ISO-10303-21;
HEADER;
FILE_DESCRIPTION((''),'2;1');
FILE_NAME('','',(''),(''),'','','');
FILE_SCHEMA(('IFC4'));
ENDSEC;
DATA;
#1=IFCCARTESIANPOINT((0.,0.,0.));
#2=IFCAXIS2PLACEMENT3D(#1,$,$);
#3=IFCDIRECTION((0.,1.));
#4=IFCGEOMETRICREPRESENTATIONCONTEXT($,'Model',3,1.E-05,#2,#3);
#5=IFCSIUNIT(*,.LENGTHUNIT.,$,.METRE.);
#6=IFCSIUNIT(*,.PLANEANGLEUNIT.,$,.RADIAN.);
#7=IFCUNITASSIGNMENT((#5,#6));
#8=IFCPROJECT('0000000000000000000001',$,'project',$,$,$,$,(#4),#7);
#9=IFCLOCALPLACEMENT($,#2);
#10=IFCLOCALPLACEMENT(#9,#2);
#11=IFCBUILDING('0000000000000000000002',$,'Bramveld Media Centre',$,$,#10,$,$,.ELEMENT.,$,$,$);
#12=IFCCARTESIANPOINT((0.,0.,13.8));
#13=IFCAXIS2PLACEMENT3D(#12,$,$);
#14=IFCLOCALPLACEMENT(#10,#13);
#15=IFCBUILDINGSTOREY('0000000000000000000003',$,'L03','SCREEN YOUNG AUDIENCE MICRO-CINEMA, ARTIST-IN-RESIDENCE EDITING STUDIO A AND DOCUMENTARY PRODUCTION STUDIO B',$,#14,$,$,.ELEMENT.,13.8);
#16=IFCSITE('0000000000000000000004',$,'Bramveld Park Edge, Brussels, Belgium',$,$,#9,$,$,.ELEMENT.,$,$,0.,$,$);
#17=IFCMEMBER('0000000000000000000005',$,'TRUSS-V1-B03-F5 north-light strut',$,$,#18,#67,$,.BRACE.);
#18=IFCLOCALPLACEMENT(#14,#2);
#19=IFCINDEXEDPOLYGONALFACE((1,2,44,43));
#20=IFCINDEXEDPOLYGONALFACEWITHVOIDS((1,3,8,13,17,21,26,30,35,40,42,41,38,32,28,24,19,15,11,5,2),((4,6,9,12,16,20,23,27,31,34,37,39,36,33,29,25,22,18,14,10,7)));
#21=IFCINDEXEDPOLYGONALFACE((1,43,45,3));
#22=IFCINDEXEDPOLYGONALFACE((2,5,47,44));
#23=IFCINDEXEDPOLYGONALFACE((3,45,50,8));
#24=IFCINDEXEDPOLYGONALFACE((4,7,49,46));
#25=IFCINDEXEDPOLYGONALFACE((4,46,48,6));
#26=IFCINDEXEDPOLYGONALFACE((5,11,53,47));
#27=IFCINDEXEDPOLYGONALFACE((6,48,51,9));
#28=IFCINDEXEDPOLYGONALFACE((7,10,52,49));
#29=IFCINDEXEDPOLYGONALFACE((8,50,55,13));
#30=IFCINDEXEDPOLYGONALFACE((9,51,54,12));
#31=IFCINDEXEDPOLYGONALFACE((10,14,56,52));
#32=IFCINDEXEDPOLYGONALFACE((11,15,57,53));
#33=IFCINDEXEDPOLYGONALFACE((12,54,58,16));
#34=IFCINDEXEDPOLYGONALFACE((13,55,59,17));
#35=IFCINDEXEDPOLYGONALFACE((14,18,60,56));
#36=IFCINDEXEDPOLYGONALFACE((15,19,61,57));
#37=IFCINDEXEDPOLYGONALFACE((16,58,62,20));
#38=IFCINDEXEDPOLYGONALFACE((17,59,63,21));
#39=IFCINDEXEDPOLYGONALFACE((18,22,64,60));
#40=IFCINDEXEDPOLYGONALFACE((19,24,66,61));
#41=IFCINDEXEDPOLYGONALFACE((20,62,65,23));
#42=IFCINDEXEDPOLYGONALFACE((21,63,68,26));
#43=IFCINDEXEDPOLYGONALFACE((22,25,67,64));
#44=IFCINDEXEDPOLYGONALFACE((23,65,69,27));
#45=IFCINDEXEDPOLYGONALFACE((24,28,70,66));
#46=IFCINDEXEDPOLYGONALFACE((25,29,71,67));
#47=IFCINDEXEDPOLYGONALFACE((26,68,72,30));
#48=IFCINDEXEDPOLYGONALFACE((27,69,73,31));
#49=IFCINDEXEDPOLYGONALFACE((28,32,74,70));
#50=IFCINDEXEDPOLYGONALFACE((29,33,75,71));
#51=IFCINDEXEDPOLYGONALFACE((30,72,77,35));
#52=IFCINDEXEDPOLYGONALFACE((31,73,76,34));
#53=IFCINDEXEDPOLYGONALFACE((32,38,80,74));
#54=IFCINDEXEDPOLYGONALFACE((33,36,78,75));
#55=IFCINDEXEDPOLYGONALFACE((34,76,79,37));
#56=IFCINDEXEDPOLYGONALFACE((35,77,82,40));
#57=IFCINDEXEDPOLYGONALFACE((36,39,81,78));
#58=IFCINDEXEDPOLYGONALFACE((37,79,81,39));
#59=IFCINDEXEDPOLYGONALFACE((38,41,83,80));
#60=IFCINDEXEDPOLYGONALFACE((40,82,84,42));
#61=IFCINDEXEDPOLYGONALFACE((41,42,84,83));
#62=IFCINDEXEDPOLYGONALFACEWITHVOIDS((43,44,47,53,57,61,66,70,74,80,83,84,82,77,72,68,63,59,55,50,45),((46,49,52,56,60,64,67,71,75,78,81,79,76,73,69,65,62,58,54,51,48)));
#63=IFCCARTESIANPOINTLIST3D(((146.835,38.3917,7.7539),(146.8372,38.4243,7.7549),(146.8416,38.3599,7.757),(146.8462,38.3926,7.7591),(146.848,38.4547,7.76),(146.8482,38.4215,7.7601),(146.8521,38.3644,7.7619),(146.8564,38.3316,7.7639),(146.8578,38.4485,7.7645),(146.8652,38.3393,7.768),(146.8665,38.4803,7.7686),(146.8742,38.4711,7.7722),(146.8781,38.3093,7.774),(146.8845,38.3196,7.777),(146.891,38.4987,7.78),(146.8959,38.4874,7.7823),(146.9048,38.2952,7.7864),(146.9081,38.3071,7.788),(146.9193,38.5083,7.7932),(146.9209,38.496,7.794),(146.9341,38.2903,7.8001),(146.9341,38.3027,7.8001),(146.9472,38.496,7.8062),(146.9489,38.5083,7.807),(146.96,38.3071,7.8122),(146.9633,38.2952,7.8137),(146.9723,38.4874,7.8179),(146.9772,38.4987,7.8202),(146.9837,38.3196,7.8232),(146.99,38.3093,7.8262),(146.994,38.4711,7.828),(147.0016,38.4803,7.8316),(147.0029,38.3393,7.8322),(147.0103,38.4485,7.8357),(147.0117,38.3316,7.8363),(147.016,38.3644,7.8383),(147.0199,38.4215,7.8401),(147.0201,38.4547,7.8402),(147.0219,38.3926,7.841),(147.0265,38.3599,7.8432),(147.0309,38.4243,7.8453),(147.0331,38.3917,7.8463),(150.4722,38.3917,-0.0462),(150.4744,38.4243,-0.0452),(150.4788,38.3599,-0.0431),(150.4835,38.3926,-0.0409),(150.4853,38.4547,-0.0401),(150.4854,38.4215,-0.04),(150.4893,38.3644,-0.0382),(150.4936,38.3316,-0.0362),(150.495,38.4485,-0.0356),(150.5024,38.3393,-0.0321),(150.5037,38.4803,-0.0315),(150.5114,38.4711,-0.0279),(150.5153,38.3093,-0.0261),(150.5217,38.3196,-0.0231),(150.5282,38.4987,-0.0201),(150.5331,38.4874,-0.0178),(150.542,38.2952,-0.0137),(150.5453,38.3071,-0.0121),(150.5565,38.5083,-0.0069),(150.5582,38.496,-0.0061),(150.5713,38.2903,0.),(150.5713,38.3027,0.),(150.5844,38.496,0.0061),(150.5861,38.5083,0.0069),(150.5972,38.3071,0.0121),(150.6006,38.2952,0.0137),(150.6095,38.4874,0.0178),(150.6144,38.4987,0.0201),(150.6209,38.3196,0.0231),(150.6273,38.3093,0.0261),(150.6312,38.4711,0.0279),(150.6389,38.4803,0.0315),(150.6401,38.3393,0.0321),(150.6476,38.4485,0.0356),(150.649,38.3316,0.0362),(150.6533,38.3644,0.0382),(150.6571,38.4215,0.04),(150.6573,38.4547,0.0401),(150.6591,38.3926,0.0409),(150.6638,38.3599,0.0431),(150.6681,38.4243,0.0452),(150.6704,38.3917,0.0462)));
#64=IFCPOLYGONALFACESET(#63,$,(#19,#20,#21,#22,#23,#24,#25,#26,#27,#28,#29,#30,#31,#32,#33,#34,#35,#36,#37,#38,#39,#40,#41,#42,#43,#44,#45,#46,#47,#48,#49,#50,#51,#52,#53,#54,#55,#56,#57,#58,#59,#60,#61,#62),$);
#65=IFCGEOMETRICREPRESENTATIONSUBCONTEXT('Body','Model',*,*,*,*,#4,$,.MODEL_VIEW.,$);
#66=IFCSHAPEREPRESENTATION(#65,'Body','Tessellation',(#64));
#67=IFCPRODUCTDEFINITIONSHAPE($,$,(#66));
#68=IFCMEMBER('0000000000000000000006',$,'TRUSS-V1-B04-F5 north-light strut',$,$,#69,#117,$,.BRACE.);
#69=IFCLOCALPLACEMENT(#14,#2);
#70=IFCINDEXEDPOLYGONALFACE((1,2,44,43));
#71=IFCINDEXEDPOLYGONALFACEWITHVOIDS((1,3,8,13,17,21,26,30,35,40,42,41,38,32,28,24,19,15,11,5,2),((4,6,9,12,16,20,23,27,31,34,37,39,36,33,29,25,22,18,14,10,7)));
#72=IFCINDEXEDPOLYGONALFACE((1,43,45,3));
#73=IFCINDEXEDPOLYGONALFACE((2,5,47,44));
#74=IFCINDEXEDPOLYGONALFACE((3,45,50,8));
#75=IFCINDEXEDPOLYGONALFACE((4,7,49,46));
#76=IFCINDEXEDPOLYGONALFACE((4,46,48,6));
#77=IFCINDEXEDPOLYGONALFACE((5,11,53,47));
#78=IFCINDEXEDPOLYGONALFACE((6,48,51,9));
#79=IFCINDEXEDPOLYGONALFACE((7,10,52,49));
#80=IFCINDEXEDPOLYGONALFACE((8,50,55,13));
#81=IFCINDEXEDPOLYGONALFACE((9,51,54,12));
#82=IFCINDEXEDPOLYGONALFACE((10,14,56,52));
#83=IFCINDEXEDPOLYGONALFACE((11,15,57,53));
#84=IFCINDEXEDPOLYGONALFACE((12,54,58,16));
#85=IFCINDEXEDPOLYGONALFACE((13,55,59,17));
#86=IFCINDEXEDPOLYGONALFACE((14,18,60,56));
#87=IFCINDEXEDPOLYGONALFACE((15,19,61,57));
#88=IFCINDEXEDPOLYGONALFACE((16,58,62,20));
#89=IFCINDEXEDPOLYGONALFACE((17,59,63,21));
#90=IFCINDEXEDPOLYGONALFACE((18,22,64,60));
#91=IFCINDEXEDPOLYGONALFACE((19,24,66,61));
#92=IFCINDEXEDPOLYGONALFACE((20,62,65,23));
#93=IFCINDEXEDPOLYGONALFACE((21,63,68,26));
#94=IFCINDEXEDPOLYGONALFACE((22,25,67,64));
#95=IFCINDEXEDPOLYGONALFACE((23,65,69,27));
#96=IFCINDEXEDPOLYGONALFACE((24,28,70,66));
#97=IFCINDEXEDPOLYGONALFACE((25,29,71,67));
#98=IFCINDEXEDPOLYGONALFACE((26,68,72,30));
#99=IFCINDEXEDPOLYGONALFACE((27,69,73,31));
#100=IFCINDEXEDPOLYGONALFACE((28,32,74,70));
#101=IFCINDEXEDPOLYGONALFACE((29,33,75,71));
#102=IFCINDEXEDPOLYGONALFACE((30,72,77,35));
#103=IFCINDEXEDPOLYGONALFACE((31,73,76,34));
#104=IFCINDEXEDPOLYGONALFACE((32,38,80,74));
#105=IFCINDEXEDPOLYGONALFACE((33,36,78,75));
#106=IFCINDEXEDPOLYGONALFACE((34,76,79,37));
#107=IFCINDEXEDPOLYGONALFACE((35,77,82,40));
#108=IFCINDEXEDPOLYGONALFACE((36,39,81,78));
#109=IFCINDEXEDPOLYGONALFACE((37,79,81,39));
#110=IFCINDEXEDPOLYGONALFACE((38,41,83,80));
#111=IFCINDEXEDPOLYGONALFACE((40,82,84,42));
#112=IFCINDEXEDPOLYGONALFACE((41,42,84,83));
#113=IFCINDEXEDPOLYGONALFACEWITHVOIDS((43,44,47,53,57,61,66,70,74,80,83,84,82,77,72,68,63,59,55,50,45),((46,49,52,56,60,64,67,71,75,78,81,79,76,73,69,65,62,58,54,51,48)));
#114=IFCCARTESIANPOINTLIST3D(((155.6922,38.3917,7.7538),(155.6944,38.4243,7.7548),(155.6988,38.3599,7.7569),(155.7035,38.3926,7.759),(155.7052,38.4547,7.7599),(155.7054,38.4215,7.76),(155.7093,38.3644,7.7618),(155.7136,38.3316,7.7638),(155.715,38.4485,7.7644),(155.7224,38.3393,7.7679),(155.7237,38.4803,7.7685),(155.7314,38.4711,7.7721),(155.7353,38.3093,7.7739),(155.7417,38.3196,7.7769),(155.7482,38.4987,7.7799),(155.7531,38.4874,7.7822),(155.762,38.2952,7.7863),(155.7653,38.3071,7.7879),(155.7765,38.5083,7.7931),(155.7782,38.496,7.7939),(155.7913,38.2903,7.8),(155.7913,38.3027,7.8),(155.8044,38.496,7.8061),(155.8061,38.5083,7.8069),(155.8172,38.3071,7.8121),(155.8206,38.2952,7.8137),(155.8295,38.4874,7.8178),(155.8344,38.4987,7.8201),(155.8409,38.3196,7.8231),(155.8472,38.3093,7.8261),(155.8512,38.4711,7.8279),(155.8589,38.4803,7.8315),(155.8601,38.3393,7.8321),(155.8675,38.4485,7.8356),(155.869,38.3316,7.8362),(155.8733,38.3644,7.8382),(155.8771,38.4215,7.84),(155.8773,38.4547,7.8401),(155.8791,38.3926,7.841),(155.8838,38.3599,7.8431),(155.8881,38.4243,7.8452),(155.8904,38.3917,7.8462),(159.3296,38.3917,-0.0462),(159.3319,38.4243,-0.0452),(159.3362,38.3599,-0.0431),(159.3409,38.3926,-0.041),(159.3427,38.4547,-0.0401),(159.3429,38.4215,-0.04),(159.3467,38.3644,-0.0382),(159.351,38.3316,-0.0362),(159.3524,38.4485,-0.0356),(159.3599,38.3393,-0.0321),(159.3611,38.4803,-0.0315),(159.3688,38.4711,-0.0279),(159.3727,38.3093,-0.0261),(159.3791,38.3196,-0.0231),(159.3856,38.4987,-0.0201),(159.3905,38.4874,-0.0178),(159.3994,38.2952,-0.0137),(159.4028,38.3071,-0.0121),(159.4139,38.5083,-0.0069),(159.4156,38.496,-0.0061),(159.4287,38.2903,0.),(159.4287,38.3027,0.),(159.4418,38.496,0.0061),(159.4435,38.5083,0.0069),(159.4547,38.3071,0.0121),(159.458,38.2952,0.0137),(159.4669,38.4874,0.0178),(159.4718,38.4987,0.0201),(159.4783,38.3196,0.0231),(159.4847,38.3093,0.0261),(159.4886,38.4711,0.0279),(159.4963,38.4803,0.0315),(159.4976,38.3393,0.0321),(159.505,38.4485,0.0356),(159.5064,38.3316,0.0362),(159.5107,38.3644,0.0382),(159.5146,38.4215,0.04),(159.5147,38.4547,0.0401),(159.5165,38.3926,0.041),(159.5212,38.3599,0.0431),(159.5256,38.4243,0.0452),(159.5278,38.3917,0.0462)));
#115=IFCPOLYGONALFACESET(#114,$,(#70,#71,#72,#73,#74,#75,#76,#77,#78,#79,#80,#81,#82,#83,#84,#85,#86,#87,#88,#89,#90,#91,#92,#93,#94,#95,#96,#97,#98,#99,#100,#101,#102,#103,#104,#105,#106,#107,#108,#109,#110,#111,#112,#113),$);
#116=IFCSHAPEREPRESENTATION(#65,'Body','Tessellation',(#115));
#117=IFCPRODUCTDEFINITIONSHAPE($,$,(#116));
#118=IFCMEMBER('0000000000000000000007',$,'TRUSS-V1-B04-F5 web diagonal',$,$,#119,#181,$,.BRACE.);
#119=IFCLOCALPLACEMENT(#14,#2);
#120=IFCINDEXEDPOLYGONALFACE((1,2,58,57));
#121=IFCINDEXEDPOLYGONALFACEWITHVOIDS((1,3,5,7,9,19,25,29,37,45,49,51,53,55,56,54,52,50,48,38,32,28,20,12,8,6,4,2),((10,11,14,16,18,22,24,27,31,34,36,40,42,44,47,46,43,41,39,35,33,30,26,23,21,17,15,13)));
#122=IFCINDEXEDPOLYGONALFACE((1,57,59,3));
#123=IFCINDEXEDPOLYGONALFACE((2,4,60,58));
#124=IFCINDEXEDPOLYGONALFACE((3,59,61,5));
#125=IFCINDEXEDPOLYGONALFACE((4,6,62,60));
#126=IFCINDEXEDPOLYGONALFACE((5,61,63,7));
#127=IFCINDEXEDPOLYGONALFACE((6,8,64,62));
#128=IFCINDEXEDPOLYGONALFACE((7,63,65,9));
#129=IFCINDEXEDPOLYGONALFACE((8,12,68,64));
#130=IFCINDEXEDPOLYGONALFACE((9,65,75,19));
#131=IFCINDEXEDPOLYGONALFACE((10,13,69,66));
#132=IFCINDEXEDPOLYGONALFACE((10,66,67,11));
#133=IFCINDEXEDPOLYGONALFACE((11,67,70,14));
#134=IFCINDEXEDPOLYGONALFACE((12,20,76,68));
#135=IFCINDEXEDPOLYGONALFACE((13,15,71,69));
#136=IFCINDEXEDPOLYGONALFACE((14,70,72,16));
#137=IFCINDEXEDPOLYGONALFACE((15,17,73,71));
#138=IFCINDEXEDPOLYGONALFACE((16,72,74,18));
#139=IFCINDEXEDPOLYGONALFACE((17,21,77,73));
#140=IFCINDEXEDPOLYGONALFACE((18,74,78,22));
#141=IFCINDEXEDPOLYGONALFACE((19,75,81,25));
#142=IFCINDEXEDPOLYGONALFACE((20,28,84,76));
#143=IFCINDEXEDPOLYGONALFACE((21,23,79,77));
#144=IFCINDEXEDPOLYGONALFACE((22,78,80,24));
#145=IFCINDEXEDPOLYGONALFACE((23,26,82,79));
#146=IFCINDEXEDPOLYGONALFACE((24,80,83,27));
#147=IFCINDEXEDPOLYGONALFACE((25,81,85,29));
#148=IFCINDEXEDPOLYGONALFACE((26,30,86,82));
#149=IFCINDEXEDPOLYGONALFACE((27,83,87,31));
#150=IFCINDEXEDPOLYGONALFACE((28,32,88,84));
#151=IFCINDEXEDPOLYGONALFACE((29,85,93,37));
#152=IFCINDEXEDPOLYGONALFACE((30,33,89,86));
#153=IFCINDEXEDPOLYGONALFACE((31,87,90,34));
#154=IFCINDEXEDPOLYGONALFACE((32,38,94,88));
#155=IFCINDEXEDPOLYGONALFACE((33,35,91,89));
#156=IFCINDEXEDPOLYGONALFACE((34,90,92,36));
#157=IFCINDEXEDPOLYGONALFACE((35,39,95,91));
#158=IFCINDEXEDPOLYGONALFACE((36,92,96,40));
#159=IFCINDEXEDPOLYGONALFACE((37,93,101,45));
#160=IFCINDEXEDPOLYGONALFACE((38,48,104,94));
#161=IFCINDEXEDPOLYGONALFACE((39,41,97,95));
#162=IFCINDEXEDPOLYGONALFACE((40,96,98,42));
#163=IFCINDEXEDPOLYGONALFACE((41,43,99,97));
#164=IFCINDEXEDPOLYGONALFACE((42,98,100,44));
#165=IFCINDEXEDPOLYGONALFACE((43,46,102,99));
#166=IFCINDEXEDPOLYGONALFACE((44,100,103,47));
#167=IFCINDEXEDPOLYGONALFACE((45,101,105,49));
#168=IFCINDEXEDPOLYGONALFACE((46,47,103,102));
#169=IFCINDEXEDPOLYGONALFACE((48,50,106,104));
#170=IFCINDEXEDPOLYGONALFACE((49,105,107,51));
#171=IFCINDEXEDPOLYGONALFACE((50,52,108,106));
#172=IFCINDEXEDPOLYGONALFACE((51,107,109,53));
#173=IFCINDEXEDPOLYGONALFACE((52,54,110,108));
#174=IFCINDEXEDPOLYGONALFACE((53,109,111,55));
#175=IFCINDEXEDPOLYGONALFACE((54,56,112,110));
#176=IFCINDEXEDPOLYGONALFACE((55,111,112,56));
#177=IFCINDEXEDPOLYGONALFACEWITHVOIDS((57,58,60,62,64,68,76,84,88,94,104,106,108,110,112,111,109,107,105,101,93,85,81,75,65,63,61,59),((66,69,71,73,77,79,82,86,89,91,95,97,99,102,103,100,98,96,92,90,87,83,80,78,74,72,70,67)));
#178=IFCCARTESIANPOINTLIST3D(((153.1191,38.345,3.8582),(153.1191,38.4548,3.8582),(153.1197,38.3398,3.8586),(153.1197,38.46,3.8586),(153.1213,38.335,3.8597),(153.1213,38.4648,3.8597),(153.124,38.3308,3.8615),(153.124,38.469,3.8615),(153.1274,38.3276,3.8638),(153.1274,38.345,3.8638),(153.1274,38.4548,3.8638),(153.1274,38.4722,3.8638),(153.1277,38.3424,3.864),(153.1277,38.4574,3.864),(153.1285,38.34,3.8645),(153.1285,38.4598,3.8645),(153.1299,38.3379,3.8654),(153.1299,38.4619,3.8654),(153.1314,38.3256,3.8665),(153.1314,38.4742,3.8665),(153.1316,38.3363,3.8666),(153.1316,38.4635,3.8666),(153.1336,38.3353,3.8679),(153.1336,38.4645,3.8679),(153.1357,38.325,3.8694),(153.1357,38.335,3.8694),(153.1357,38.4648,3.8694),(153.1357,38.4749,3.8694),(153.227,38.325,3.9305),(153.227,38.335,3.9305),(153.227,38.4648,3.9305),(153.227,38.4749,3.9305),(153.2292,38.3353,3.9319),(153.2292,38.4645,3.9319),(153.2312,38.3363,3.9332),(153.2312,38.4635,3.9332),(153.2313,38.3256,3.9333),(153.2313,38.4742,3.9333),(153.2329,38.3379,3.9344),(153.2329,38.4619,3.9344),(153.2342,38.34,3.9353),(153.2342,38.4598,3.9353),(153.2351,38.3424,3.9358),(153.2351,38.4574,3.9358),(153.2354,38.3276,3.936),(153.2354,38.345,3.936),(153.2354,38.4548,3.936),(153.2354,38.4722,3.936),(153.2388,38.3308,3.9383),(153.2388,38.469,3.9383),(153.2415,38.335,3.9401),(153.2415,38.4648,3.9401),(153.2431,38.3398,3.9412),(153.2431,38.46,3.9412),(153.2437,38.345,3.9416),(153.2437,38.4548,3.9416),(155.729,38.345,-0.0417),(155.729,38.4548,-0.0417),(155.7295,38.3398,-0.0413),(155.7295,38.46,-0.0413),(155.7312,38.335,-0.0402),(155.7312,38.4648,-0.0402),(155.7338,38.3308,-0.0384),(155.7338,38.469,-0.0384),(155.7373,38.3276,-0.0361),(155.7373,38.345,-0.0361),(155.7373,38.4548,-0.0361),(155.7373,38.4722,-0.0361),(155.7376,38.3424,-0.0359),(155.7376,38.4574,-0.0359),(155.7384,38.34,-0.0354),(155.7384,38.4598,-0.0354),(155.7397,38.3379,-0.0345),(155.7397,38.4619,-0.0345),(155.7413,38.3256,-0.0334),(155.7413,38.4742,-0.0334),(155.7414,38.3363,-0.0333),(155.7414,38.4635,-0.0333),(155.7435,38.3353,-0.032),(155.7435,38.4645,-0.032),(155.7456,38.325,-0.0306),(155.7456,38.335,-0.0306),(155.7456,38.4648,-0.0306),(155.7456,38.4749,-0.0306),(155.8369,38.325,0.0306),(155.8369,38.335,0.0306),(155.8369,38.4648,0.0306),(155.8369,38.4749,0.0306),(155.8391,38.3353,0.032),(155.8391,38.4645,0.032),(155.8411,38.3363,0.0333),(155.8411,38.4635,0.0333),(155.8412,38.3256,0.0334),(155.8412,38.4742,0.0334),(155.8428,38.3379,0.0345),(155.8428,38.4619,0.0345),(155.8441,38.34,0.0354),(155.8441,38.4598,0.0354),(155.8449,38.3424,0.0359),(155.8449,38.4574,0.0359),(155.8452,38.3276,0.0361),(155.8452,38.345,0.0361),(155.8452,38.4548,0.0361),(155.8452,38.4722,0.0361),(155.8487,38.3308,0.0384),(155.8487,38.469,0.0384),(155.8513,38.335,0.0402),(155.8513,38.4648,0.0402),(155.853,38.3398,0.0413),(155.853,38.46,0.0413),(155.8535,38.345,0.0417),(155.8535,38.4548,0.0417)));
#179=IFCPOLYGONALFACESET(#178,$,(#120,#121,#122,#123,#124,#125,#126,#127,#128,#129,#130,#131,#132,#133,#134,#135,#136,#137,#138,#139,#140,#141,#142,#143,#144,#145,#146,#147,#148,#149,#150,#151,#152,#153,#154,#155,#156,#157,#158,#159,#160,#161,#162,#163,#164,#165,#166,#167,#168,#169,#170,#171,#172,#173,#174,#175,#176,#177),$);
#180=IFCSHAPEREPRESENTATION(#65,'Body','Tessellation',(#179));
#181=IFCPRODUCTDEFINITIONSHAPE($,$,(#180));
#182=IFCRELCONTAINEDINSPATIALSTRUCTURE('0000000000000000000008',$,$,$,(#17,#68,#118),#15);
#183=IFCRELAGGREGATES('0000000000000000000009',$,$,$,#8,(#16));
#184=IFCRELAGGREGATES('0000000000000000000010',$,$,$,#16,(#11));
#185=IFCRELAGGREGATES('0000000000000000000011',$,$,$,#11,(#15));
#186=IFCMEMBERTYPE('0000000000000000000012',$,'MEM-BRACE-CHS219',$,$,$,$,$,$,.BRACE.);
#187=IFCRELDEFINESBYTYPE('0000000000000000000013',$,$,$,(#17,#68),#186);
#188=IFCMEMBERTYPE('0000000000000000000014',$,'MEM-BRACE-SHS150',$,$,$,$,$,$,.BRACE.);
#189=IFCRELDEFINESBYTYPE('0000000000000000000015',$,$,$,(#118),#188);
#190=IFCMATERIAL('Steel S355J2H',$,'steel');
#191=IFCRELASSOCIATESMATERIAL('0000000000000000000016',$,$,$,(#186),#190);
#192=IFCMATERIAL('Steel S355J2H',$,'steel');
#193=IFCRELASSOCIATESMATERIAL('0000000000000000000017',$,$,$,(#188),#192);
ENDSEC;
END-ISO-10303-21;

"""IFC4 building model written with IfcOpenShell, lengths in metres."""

from ifc_helpers import new_model, si_unit, direction, frame, origin, origin_2d, place, context, subcontext, project, spatial, hollow_rectangle, hollow_circle, extrude, material, material_profile, profile_set, type_object, element, save


model = new_model("IFC4")

# Units and contexts
model_context = context("Model", 3, precision=1e-05, world=origin(), true_north=direction((0.0, 1.0)))
body_context = subcontext(model_context, "Body", "Model", "MODEL_VIEW")
ifc_project = project(units=[si_unit("LENGTHUNIT", "METRE"), si_unit("PLANEANGLEUNIT", "RADIAN")], contexts=[model_context])

# Site, building, storey
site_placement = place(None, origin())
site = spatial("IfcSite", under=ifc_project, at=site_placement, Name="Bramveld Park Edge, Brussels, Belgium", CompositionType="ELEMENT", RefElevation=0.0)
building_placement = place(site_placement, origin())
building = spatial("IfcBuilding", under=site, at=building_placement, Name="Bramveld Media Centre", CompositionType="ELEMENT")
storey_placement = place(building_placement, frame((0.0, 0.0, 13.8)))
storey = spatial("IfcBuildingStorey", under=building, at=storey_placement, Name="L03", Description="SCREEN YOUNG AUDIENCE MICRO-CINEMA, ARTIST-IN-RESIDENCE EDITING STUDIO A AND DOCUMENTARY PRODUCTION STUDIO B", CompositionType="ELEMENT", Elevation=13.8)

# Members
ifc_material_1 = material(Name="Steel S355J2H", Category="steel")
ifc_material_profile_1 = material_profile(ifc_material_1, hollow_circle(Radius=0.1096, WallThickness=0.0125, at=origin_2d()), Name="CHS 219.1x12.5")
ifc_profile_set_1 = profile_set([ifc_material_profile_1], Name="Steel S355J2H")
member_type_1 = type_object("IfcMemberType", Name="MEM-BRACE-CHS219", PredefinedType="BRACE", material=ifc_profile_set_1)
for number, where, z_axis, x_axis, name in (
    (1, (150.5713, 38.3999, 0.0), (-0.422617, 0.0, 0.906308), (0.0, -1.0, 0.0), "TRUSS-V1-B03-F5 north-light strut"),
    (2, (159.4287, 38.3999, 0.0), (-0.42264, 0.0, 0.906298), (0.0, -1.0, 0.0), "TRUSS-V1-B04-F5 north-light strut"),
):
    element("IfcMember", number, at=place(storey_placement, frame(where, z_axis=z_axis, x_axis=x_axis)), inside=storey, type_object=member_type_1, Name=name, PredefinedType="BRACE", context=body_context, shape_type="SweptSolid", body=[
        extrude(hollow_circle(Radius=0.1096, WallThickness=0.0125, at=origin_2d()), origin(), (0.0, 0.0, 1.0), 8.6064),
    ])
ifc_material_2 = material(Name="Steel S355J2H", Category="steel")
ifc_material_profile_2 = material_profile(ifc_material_2, hollow_rectangle(XDim=0.1499, YDim=0.1499, WallThickness=0.01, InnerFilletRadius=0.01, OuterFilletRadius=0.02, at=origin_2d()), Name="SHS 150x150x10")
ifc_profile_set_2 = profile_set([ifc_material_profile_2], Name="Steel S355J2H")
member_type_2 = type_object("IfcMemberType", Name="MEM-BRACE-SHS150", PredefinedType="BRACE", material=ifc_profile_set_2)
member_1_placement = place(storey_placement, frame((155.7913, 38.3999, 0.0), z_axis=(-0.556164, 0.0, 0.831073), x_axis=(0.0, -1.0, 0.0)))
element("IfcMember", 3, at=member_1_placement, inside=storey, type_object=member_type_2, Name="TRUSS-V1-B04-F5 web diagonal", PredefinedType="BRACE", context=body_context, shape_type="SweptSolid", body=[
    extrude(hollow_rectangle(XDim=0.1499, YDim=0.1499, WallThickness=0.01, InnerFilletRadius=0.01, OuterFilletRadius=0.02, at=origin_2d()), origin(), (0.0, 0.0, 1.0), 4.6926),
])

save(model, "model.ifc")
